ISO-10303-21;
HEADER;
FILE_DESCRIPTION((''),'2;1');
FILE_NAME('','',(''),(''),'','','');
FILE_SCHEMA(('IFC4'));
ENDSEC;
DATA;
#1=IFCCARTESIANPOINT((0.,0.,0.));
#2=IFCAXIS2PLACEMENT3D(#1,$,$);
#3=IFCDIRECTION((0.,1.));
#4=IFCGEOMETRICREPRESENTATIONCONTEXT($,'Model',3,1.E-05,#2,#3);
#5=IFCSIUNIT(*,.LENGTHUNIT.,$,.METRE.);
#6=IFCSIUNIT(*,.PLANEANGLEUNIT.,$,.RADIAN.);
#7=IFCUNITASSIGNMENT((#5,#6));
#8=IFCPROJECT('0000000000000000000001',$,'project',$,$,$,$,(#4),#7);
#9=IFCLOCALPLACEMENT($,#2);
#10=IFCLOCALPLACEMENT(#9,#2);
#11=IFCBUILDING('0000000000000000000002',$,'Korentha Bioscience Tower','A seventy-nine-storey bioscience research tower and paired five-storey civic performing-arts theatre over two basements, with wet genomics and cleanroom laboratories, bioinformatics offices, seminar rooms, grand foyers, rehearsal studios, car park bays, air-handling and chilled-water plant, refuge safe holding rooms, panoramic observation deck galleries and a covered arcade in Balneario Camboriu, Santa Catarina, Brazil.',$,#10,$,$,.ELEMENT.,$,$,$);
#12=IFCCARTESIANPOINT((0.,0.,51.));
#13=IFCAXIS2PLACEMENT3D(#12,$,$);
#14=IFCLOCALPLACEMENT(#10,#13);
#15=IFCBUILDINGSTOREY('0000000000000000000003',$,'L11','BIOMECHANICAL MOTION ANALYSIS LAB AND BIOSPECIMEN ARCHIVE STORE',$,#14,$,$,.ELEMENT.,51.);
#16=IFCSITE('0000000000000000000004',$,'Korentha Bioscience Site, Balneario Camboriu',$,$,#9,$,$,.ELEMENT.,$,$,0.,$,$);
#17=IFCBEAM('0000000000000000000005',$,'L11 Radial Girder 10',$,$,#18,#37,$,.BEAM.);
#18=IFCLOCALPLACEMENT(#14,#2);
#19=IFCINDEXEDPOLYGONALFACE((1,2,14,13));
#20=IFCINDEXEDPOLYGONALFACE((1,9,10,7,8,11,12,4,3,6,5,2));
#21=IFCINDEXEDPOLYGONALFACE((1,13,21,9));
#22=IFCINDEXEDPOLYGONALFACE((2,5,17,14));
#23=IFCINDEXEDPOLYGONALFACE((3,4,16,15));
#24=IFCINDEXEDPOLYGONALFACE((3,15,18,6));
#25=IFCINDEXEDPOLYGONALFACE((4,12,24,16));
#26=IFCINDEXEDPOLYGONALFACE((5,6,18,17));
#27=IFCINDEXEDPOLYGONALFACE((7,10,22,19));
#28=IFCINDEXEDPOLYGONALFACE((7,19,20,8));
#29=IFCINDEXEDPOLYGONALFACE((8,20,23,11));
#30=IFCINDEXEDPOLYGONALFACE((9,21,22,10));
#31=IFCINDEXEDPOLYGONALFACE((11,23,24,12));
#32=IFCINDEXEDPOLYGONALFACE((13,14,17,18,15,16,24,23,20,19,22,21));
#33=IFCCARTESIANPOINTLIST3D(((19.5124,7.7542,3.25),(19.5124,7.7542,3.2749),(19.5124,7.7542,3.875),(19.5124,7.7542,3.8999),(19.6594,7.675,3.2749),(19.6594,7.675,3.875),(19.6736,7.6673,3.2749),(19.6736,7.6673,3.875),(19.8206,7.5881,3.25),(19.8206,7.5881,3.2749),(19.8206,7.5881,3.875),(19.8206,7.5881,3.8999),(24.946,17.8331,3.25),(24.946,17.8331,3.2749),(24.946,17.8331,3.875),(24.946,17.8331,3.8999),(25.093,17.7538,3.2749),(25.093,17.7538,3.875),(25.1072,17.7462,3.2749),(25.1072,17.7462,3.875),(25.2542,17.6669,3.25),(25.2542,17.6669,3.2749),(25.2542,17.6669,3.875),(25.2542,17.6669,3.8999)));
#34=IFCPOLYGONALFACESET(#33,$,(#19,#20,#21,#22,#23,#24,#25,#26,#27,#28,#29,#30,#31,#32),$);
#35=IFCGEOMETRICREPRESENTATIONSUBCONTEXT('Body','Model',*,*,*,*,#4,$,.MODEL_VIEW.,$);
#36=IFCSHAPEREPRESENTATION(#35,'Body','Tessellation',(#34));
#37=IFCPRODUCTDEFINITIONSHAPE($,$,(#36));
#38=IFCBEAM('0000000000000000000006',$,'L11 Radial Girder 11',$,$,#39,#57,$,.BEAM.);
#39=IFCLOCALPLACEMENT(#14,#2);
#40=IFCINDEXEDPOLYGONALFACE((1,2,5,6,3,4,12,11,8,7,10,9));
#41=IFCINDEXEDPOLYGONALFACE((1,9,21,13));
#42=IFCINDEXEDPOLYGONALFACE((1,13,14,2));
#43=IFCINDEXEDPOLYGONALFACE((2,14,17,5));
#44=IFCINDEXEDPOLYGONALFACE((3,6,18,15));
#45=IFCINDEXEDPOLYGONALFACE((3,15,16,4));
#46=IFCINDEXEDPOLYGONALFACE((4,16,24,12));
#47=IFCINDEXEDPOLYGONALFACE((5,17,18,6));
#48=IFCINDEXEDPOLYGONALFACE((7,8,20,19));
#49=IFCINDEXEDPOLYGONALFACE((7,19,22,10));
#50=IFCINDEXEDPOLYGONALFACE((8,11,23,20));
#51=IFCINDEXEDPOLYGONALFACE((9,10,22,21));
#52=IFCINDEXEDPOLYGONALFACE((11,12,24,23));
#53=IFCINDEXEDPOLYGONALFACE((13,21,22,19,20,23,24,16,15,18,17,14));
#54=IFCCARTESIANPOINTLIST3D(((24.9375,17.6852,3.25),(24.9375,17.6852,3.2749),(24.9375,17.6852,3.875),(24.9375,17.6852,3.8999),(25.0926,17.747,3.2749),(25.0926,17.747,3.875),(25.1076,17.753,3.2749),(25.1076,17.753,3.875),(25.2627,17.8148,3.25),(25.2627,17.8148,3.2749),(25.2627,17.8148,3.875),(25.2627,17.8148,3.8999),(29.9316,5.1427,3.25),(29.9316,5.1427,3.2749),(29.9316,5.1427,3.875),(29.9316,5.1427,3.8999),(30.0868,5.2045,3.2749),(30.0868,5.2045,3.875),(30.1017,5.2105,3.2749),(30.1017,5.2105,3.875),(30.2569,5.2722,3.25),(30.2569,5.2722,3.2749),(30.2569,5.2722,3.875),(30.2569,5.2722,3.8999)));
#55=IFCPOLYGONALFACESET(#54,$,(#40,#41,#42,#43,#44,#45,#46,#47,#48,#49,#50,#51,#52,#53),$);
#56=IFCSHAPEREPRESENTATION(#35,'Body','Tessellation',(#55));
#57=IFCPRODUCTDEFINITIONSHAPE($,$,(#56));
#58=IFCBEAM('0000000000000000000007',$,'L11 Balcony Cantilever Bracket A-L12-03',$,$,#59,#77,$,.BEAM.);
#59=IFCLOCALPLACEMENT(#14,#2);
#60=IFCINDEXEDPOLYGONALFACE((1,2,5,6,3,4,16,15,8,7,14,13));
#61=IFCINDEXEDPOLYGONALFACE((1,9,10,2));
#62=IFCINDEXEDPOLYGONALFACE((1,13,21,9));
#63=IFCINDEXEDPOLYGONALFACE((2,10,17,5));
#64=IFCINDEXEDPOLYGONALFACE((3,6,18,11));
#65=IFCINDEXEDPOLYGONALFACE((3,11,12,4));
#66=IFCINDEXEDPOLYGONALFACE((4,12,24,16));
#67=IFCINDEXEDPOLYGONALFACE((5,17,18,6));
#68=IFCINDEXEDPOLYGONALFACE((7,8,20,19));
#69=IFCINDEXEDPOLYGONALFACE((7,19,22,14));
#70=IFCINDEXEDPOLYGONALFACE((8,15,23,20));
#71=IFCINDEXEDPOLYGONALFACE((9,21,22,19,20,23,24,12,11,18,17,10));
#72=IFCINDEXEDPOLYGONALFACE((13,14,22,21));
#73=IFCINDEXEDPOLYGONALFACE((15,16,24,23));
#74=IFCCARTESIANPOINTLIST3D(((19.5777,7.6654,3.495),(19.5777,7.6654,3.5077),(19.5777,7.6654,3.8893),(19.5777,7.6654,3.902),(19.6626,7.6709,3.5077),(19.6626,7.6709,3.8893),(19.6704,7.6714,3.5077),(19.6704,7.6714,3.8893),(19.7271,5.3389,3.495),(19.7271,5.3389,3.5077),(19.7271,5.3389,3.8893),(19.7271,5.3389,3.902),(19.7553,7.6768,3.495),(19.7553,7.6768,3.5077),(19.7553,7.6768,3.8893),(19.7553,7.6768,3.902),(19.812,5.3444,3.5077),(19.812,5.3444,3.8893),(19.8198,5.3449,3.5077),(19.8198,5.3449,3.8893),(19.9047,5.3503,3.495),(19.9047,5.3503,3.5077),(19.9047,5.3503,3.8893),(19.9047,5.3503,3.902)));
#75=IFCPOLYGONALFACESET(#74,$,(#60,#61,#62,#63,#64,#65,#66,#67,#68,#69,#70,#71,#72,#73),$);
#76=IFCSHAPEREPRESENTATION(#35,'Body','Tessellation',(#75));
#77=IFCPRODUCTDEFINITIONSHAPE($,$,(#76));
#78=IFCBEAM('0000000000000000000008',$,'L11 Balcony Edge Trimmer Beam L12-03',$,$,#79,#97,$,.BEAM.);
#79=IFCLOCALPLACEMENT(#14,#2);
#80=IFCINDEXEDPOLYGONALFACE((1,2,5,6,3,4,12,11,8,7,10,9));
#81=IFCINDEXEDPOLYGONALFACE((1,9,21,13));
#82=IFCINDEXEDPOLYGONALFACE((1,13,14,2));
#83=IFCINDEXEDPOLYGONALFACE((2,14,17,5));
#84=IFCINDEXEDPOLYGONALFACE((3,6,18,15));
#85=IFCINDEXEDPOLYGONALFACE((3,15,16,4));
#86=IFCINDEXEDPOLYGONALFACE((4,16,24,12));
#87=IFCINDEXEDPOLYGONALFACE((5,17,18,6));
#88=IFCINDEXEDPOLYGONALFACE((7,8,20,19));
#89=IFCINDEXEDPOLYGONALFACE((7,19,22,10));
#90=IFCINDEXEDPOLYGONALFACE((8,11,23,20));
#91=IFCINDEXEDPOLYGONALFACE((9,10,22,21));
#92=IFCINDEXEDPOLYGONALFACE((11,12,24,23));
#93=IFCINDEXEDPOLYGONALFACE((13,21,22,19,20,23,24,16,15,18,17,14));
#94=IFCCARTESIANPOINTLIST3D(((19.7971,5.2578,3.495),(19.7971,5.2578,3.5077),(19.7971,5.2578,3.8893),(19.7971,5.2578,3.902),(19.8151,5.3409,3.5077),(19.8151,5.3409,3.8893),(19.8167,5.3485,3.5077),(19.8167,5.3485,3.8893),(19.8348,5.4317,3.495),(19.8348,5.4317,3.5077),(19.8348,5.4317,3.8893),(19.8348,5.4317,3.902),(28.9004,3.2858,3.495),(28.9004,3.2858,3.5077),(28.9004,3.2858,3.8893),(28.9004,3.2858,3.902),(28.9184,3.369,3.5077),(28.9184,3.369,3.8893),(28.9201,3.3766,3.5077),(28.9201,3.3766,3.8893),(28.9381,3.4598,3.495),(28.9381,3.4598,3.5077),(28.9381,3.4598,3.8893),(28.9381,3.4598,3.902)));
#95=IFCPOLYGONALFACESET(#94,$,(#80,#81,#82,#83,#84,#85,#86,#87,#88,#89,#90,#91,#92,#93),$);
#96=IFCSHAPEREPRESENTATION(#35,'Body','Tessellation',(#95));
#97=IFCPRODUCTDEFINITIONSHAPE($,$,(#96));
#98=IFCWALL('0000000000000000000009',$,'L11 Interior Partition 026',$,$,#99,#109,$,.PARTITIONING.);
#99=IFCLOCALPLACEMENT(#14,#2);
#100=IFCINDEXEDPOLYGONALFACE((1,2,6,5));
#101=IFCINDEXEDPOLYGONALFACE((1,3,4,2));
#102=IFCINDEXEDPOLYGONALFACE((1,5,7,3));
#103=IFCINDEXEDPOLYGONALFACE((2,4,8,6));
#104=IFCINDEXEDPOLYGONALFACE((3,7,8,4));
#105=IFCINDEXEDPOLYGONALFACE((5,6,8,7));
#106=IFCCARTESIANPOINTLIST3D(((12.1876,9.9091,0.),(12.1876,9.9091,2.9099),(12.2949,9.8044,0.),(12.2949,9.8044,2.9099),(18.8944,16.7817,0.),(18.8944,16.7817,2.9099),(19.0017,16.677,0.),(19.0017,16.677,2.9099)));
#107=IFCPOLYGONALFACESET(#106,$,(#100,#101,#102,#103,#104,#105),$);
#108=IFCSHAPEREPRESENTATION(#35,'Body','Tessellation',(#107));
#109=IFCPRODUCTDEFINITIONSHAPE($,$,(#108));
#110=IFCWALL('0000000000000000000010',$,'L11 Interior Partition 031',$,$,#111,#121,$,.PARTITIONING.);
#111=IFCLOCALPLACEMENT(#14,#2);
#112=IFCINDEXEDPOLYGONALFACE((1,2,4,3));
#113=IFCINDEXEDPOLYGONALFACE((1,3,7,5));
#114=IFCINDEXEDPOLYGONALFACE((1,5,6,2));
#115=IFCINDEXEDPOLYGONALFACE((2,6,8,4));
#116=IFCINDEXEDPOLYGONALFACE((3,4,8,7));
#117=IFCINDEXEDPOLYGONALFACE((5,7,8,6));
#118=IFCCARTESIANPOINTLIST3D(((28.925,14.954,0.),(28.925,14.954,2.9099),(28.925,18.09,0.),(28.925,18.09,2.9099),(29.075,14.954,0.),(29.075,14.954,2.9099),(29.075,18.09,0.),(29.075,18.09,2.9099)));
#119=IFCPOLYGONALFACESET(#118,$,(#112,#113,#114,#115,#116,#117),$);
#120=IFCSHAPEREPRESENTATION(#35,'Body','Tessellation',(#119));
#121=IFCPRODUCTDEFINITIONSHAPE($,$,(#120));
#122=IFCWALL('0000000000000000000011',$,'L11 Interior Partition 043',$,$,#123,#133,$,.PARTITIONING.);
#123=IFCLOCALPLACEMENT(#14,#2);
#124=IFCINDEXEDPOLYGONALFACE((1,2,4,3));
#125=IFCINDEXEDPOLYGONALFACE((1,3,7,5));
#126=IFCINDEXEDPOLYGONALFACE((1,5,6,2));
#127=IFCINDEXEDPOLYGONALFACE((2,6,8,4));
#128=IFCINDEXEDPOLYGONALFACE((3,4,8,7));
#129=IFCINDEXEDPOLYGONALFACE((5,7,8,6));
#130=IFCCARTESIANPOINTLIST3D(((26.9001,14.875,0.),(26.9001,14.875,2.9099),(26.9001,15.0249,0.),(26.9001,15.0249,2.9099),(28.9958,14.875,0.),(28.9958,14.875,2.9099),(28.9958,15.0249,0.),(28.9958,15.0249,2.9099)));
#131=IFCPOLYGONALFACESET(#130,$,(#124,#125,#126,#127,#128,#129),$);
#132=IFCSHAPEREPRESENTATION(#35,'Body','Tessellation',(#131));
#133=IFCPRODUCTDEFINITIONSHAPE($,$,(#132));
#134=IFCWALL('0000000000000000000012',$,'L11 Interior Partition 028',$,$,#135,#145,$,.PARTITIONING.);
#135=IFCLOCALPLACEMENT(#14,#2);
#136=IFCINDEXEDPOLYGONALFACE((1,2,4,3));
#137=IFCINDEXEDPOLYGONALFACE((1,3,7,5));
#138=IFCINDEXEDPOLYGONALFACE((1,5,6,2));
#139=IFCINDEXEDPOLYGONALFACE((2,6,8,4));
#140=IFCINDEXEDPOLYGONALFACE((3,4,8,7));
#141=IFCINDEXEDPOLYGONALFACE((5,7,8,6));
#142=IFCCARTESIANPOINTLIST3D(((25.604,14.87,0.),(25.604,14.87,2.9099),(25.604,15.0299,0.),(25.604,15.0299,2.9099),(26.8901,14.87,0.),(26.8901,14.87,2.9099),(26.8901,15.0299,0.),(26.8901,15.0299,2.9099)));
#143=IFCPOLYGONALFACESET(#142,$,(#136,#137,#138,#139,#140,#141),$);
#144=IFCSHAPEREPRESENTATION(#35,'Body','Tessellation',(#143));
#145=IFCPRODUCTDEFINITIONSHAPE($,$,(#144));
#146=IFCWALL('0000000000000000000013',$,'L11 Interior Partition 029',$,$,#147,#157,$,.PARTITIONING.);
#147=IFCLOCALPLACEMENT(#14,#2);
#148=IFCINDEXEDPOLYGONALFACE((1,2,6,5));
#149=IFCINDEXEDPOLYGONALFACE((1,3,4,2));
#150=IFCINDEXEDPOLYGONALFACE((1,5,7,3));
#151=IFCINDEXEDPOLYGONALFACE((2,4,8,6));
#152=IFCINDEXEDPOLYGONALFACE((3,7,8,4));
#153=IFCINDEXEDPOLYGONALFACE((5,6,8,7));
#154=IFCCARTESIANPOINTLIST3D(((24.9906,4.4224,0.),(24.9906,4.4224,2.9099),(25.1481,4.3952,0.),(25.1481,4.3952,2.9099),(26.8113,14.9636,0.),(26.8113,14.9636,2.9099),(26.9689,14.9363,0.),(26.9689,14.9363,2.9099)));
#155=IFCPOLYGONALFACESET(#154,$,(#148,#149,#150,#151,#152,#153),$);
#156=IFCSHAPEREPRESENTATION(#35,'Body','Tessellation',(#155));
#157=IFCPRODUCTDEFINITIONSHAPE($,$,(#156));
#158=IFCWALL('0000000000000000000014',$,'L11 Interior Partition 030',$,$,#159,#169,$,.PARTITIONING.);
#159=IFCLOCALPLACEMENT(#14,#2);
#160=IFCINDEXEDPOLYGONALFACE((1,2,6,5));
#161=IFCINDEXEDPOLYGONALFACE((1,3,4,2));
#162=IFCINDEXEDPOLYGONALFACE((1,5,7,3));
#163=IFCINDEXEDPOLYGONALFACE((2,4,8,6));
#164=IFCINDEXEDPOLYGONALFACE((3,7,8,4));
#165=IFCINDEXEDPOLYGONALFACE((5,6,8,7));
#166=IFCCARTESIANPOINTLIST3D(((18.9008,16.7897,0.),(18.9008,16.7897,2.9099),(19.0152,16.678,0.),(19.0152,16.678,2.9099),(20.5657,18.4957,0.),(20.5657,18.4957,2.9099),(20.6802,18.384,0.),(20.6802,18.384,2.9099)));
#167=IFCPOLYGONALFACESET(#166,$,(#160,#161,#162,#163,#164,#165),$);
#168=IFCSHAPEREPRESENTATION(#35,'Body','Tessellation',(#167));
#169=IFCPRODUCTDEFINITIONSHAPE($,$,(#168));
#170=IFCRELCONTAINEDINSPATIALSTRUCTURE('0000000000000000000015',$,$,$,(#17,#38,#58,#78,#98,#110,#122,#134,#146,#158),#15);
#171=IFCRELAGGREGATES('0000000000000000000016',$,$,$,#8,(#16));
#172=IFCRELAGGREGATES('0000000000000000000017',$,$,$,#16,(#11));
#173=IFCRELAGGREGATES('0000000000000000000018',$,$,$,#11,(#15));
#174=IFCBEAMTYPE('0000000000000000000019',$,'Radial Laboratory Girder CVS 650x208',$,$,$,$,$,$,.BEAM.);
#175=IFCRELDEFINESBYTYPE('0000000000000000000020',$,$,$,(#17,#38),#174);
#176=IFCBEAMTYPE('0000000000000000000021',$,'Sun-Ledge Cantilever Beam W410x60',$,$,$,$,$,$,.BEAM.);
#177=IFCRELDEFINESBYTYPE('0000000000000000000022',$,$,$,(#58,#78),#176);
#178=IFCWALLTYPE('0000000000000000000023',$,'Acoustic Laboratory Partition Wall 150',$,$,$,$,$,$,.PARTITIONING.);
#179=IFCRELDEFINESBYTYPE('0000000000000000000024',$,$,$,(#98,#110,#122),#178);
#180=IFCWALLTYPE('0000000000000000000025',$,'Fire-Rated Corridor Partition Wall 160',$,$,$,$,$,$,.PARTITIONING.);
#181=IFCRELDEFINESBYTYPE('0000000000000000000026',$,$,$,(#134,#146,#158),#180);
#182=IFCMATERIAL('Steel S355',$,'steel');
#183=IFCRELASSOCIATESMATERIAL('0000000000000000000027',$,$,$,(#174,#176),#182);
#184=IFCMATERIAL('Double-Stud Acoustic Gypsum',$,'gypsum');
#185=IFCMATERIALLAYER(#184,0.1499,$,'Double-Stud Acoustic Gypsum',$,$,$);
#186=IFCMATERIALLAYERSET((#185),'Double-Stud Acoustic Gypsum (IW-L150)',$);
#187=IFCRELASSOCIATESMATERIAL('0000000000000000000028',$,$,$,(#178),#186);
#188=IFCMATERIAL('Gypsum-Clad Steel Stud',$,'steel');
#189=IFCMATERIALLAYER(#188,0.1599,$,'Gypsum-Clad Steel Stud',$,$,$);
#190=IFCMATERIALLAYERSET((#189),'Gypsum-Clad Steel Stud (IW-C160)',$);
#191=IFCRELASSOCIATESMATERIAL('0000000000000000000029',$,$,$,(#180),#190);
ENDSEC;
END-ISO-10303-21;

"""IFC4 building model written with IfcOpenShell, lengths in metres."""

from ifc_helpers import new_model, si_unit, direction, frame, frame_2d, origin, origin_2d, place, context, subcontext, project, spatial, rectangle, i_section, extrude, material, layer, layer_set, material_profile, profile_set, type_object, element, save


model = new_model("IFC4")

# Units and contexts
model_context = context("Model", 3, precision=1e-05, world=origin(), true_north=direction((0.0, 1.0)))
body_context = subcontext(model_context, "Body", "Model", "MODEL_VIEW")
ifc_project = project(units=[si_unit("LENGTHUNIT", "METRE"), si_unit("PLANEANGLEUNIT", "RADIAN")], contexts=[model_context])

# Site, building, storey
site_placement = place(None, origin())
site = spatial("IfcSite", under=ifc_project, at=site_placement, Name="Korentha Bioscience Site, Balneario Camboriu", CompositionType="ELEMENT", RefElevation=0.0)
building_placement = place(site_placement, origin())
building = spatial("IfcBuilding", under=site, at=building_placement, Name="Korentha Bioscience Tower", Description="A seventy-nine-storey bioscience research tower and paired five-storey civic performing-arts theatre over two basements, with wet genomics and cleanroom laboratories, bioinformatics offices, seminar rooms, grand foyers, rehearsal studios, car park bays, air-handling and chilled-water plant, refuge safe holding rooms, panoramic observation deck galleries and a covered arcade in Balneario Camboriu, Santa Catarina, Brazil.", CompositionType="ELEMENT")
storey_placement = place(building_placement, frame((0.0, 0.0, 51.0)))
storey = spatial("IfcBuildingStorey", under=building, at=storey_placement, Name="L11", Description="BIOMECHANICAL MOTION ANALYSIS LAB AND BIOSPECIMEN ARCHIVE STORE", CompositionType="ELEMENT", Elevation=51.0)

# Shared definitions
ifc_material_1 = material(Name="Steel S355", Category="steel")

# Beams
ifc_material_profile_1 = material_profile(ifc_material_1, i_section(OverallWidth=0.3501, OverallDepth=0.6499, WebThickness=0.0161, FlangeThickness=0.0249, at=origin_2d()), Name="Steel S355")
ifc_profile_set_1 = profile_set([ifc_material_profile_1], Name="Steel S355 (RB-650)")
beam_type_1 = type_object("IfcBeamType", Name="Radial Laboratory Girder CVS 650x208", PredefinedType="BEAM", material=ifc_profile_set_1)
beam_1_placement = place(storey_placement, frame((25.1001, 17.75, 3.575), z_axis=(-0.474541, -0.880233, 0.0), x_axis=(0.880233, -0.474541, 0.0)))
element("IfcBeam", 1, at=beam_1_placement, inside=storey, type_object=beam_type_1, Name="L11 Radial Girder 10", PredefinedType="BEAM", context=body_context, shape_type="SweptSolid", body=[
    extrude(i_section(OverallWidth=0.3501, OverallDepth=0.6499, WebThickness=0.0161, FlangeThickness=0.0249, at=origin_2d()), origin(), (0.0, 0.0, 1.0), 11.4502),
])
beam_2_placement = place(storey_placement, frame((25.1001, 17.75, 3.575), z_axis=(0.369931, -0.929059, 0.0), x_axis=(0.929059, 0.369931, 0.0)))
element("IfcBeam", 2, at=beam_2_placement, inside=storey, type_object=beam_type_1, Name="L11 Radial Girder 11", PredefinedType="BEAM", context=body_context, shape_type="SweptSolid", body=[
    extrude(i_section(OverallWidth=0.3501, OverallDepth=0.6499, WebThickness=0.0161, FlangeThickness=0.0249, at=origin_2d()), origin(), (0.0, 0.0, 1.0), 13.5002),
])
ifc_material_profile_2 = material_profile(ifc_material_1, i_section(OverallWidth=0.178, OverallDepth=0.407, WebThickness=0.0078, FlangeThickness=0.0127, at=origin_2d()), Name="Steel S355")
ifc_profile_set_2 = profile_set([ifc_material_profile_2], Name="Steel S355 (CB-410)")
beam_type_2 = type_object("IfcBeamType", Name="Sun-Ledge Cantilever Beam W410x60", PredefinedType="BEAM", material=ifc_profile_set_2)
beam_3_placement = place(storey_placement, frame((19.6665, 7.6711, 3.6985), z_axis=(0.064093, -0.997944, 0.0), x_axis=(0.997944, 0.064093, 0.0)))
element("IfcBeam", 3, at=beam_3_placement, inside=storey, type_object=beam_type_2, Name="L11 Balcony Cantilever Bracket A-L12-03", PredefinedType="BEAM", context=body_context, shape_type="SweptSolid", body=[
    extrude(i_section(OverallWidth=0.178, OverallDepth=0.407, WebThickness=0.0078, FlangeThickness=0.0127, at=origin_2d()), origin(), (0.0, 0.0, 1.0), 2.3313),
])
beam_4_placement = place(storey_placement, frame((19.8159, 5.3447, 3.6985), z_axis=(0.977333, -0.211707, 0.0), x_axis=(0.211707, 0.977333, 0.0)))
element("IfcBeam", 4, at=beam_4_placement, inside=storey, type_object=beam_type_2, Name="L11 Balcony Edge Trimmer Beam L12-03", PredefinedType="BEAM", context=body_context, shape_type="SweptSolid", body=[
    extrude(i_section(OverallWidth=0.178, OverallDepth=0.407, WebThickness=0.0078, FlangeThickness=0.0127, at=origin_2d()), origin(), (0.0, 0.0, 1.0), 9.3145),
])

# Walls
ifc_material_2 = material(Name="Double-Stud Acoustic Gypsum", Category="gypsum")
ifc_layer_1 = layer(ifc_material_2, 0.1499, Name="Double-Stud Acoustic Gypsum")
ifc_layer_set_1 = layer_set([ifc_layer_1], Name="Double-Stud Acoustic Gypsum (IW-L150)")
wall_type_1 = type_object("IfcWallType", Name="Acoustic Laboratory Partition Wall 150", PredefinedType="PARTITIONING", material=ifc_layer_set_1)
wall_1_placement = place(storey_placement, frame((18.948, 16.7292, 0.0), z_axis=(0.0, 0.0, 1.0), x_axis=(-0.698423, -0.715686, 0.0)))
element("IfcWall", 5, at=wall_1_placement, inside=storey, type_object=wall_type_1, Name="L11 Interior Partition 026", PredefinedType="PARTITIONING", context=body_context, shape_type="SweptSolid", body=[
    extrude(rectangle(XDim=9.6028, YDim=0.1499, at=frame_2d((4.8013, 0.0))), origin(), (0.0, 0.0, 1.0), 2.9099),
])
wall_2_placement = place(storey_placement, frame((29.0, 14.9541, 0.0), z_axis=(0.0, 0.0, 1.0), x_axis=(0.0, 1.0, 0.0)))
element("IfcWall", 6, at=wall_2_placement, inside=storey, type_object=wall_type_1, Name="L11 Interior Partition 031", PredefinedType="PARTITIONING", context=body_context, shape_type="SweptSolid", body=[
    extrude(rectangle(XDim=3.136, YDim=0.1499, at=frame_2d((1.5679, 0.0))), origin(), (0.0, 0.0, 1.0), 2.9099),
])
wall_3_placement = place(storey_placement, frame((26.9001, 14.95, 0.0), z_axis=(0.0, 0.0, 1.0), x_axis=(1.0, 0.0, 0.0)))
element("IfcWall", 7, at=wall_3_placement, inside=storey, type_object=wall_type_1, Name="L11 Interior Partition 043", PredefinedType="PARTITIONING", context=body_context, shape_type="SweptSolid", body=[
    extrude(rectangle(XDim=2.0957, YDim=0.1499, at=frame_2d((1.0479, 0.0))), origin(), (0.0, 0.0, 1.0), 2.9099),
])
ifc_material_3 = material(Name="Gypsum-Clad Steel Stud", Category="steel")
ifc_layer_2 = layer(ifc_material_3, 0.1599, Name="Gypsum-Clad Steel Stud")
ifc_layer_set_2 = layer_set([ifc_layer_2], Name="Gypsum-Clad Steel Stud (IW-C160)")
wall_type_2 = type_object("IfcWallType", Name="Fire-Rated Corridor Partition Wall 160", PredefinedType="PARTITIONING", material=ifc_layer_set_2)
wall_4_placement = place(storey_placement, frame((25.604, 14.95, 0.0), z_axis=(0.0, 0.0, 1.0), x_axis=(1.0, 0.0, 0.0)))
element("IfcWall", 8, at=wall_4_placement, inside=storey, type_object=wall_type_2, Name="L11 Interior Partition 028", PredefinedType="PARTITIONING", context=body_context, shape_type="SweptSolid", body=[
    extrude(rectangle(XDim=1.2861, YDim=0.1599, at=frame_2d((0.6431, 0.0))), origin(), (0.0, 0.0, 1.0), 2.9099),
])
wall_5_placement = place(storey_placement, frame((26.8901, 14.95, 0.0), z_axis=(0.0, 0.0, 1.0), x_axis=(-0.17021, -0.985408, 0.0)))
element("IfcWall", 9, at=wall_5_placement, inside=storey, type_object=wall_type_2, Name="L11 Interior Partition 029", PredefinedType="PARTITIONING", context=body_context, shape_type="SweptSolid", body=[
    extrude(rectangle(XDim=10.6973, YDim=0.1599, at=frame_2d((5.3486, 0.0))), origin(), (0.0, 0.0, 1.0), 2.9099),
])
wall_6_placement = place(storey_placement, frame((18.958, 16.7339, 0.0), z_axis=(0.0, 0.0, 1.0), x_axis=(0.698452, 0.715657, 0.0)))
element("IfcWall", 10, at=wall_6_placement, inside=storey, type_object=wall_type_2, Name="L11 Interior Partition 030", PredefinedType="PARTITIONING", context=body_context, shape_type="SweptSolid", body=[
    extrude(rectangle(XDim=2.3838, YDim=0.1599, at=frame_2d((1.1919, 0.0))), origin(), (0.0, 0.0, 1.0), 2.9099),
])

save(model, "model.ifc")
